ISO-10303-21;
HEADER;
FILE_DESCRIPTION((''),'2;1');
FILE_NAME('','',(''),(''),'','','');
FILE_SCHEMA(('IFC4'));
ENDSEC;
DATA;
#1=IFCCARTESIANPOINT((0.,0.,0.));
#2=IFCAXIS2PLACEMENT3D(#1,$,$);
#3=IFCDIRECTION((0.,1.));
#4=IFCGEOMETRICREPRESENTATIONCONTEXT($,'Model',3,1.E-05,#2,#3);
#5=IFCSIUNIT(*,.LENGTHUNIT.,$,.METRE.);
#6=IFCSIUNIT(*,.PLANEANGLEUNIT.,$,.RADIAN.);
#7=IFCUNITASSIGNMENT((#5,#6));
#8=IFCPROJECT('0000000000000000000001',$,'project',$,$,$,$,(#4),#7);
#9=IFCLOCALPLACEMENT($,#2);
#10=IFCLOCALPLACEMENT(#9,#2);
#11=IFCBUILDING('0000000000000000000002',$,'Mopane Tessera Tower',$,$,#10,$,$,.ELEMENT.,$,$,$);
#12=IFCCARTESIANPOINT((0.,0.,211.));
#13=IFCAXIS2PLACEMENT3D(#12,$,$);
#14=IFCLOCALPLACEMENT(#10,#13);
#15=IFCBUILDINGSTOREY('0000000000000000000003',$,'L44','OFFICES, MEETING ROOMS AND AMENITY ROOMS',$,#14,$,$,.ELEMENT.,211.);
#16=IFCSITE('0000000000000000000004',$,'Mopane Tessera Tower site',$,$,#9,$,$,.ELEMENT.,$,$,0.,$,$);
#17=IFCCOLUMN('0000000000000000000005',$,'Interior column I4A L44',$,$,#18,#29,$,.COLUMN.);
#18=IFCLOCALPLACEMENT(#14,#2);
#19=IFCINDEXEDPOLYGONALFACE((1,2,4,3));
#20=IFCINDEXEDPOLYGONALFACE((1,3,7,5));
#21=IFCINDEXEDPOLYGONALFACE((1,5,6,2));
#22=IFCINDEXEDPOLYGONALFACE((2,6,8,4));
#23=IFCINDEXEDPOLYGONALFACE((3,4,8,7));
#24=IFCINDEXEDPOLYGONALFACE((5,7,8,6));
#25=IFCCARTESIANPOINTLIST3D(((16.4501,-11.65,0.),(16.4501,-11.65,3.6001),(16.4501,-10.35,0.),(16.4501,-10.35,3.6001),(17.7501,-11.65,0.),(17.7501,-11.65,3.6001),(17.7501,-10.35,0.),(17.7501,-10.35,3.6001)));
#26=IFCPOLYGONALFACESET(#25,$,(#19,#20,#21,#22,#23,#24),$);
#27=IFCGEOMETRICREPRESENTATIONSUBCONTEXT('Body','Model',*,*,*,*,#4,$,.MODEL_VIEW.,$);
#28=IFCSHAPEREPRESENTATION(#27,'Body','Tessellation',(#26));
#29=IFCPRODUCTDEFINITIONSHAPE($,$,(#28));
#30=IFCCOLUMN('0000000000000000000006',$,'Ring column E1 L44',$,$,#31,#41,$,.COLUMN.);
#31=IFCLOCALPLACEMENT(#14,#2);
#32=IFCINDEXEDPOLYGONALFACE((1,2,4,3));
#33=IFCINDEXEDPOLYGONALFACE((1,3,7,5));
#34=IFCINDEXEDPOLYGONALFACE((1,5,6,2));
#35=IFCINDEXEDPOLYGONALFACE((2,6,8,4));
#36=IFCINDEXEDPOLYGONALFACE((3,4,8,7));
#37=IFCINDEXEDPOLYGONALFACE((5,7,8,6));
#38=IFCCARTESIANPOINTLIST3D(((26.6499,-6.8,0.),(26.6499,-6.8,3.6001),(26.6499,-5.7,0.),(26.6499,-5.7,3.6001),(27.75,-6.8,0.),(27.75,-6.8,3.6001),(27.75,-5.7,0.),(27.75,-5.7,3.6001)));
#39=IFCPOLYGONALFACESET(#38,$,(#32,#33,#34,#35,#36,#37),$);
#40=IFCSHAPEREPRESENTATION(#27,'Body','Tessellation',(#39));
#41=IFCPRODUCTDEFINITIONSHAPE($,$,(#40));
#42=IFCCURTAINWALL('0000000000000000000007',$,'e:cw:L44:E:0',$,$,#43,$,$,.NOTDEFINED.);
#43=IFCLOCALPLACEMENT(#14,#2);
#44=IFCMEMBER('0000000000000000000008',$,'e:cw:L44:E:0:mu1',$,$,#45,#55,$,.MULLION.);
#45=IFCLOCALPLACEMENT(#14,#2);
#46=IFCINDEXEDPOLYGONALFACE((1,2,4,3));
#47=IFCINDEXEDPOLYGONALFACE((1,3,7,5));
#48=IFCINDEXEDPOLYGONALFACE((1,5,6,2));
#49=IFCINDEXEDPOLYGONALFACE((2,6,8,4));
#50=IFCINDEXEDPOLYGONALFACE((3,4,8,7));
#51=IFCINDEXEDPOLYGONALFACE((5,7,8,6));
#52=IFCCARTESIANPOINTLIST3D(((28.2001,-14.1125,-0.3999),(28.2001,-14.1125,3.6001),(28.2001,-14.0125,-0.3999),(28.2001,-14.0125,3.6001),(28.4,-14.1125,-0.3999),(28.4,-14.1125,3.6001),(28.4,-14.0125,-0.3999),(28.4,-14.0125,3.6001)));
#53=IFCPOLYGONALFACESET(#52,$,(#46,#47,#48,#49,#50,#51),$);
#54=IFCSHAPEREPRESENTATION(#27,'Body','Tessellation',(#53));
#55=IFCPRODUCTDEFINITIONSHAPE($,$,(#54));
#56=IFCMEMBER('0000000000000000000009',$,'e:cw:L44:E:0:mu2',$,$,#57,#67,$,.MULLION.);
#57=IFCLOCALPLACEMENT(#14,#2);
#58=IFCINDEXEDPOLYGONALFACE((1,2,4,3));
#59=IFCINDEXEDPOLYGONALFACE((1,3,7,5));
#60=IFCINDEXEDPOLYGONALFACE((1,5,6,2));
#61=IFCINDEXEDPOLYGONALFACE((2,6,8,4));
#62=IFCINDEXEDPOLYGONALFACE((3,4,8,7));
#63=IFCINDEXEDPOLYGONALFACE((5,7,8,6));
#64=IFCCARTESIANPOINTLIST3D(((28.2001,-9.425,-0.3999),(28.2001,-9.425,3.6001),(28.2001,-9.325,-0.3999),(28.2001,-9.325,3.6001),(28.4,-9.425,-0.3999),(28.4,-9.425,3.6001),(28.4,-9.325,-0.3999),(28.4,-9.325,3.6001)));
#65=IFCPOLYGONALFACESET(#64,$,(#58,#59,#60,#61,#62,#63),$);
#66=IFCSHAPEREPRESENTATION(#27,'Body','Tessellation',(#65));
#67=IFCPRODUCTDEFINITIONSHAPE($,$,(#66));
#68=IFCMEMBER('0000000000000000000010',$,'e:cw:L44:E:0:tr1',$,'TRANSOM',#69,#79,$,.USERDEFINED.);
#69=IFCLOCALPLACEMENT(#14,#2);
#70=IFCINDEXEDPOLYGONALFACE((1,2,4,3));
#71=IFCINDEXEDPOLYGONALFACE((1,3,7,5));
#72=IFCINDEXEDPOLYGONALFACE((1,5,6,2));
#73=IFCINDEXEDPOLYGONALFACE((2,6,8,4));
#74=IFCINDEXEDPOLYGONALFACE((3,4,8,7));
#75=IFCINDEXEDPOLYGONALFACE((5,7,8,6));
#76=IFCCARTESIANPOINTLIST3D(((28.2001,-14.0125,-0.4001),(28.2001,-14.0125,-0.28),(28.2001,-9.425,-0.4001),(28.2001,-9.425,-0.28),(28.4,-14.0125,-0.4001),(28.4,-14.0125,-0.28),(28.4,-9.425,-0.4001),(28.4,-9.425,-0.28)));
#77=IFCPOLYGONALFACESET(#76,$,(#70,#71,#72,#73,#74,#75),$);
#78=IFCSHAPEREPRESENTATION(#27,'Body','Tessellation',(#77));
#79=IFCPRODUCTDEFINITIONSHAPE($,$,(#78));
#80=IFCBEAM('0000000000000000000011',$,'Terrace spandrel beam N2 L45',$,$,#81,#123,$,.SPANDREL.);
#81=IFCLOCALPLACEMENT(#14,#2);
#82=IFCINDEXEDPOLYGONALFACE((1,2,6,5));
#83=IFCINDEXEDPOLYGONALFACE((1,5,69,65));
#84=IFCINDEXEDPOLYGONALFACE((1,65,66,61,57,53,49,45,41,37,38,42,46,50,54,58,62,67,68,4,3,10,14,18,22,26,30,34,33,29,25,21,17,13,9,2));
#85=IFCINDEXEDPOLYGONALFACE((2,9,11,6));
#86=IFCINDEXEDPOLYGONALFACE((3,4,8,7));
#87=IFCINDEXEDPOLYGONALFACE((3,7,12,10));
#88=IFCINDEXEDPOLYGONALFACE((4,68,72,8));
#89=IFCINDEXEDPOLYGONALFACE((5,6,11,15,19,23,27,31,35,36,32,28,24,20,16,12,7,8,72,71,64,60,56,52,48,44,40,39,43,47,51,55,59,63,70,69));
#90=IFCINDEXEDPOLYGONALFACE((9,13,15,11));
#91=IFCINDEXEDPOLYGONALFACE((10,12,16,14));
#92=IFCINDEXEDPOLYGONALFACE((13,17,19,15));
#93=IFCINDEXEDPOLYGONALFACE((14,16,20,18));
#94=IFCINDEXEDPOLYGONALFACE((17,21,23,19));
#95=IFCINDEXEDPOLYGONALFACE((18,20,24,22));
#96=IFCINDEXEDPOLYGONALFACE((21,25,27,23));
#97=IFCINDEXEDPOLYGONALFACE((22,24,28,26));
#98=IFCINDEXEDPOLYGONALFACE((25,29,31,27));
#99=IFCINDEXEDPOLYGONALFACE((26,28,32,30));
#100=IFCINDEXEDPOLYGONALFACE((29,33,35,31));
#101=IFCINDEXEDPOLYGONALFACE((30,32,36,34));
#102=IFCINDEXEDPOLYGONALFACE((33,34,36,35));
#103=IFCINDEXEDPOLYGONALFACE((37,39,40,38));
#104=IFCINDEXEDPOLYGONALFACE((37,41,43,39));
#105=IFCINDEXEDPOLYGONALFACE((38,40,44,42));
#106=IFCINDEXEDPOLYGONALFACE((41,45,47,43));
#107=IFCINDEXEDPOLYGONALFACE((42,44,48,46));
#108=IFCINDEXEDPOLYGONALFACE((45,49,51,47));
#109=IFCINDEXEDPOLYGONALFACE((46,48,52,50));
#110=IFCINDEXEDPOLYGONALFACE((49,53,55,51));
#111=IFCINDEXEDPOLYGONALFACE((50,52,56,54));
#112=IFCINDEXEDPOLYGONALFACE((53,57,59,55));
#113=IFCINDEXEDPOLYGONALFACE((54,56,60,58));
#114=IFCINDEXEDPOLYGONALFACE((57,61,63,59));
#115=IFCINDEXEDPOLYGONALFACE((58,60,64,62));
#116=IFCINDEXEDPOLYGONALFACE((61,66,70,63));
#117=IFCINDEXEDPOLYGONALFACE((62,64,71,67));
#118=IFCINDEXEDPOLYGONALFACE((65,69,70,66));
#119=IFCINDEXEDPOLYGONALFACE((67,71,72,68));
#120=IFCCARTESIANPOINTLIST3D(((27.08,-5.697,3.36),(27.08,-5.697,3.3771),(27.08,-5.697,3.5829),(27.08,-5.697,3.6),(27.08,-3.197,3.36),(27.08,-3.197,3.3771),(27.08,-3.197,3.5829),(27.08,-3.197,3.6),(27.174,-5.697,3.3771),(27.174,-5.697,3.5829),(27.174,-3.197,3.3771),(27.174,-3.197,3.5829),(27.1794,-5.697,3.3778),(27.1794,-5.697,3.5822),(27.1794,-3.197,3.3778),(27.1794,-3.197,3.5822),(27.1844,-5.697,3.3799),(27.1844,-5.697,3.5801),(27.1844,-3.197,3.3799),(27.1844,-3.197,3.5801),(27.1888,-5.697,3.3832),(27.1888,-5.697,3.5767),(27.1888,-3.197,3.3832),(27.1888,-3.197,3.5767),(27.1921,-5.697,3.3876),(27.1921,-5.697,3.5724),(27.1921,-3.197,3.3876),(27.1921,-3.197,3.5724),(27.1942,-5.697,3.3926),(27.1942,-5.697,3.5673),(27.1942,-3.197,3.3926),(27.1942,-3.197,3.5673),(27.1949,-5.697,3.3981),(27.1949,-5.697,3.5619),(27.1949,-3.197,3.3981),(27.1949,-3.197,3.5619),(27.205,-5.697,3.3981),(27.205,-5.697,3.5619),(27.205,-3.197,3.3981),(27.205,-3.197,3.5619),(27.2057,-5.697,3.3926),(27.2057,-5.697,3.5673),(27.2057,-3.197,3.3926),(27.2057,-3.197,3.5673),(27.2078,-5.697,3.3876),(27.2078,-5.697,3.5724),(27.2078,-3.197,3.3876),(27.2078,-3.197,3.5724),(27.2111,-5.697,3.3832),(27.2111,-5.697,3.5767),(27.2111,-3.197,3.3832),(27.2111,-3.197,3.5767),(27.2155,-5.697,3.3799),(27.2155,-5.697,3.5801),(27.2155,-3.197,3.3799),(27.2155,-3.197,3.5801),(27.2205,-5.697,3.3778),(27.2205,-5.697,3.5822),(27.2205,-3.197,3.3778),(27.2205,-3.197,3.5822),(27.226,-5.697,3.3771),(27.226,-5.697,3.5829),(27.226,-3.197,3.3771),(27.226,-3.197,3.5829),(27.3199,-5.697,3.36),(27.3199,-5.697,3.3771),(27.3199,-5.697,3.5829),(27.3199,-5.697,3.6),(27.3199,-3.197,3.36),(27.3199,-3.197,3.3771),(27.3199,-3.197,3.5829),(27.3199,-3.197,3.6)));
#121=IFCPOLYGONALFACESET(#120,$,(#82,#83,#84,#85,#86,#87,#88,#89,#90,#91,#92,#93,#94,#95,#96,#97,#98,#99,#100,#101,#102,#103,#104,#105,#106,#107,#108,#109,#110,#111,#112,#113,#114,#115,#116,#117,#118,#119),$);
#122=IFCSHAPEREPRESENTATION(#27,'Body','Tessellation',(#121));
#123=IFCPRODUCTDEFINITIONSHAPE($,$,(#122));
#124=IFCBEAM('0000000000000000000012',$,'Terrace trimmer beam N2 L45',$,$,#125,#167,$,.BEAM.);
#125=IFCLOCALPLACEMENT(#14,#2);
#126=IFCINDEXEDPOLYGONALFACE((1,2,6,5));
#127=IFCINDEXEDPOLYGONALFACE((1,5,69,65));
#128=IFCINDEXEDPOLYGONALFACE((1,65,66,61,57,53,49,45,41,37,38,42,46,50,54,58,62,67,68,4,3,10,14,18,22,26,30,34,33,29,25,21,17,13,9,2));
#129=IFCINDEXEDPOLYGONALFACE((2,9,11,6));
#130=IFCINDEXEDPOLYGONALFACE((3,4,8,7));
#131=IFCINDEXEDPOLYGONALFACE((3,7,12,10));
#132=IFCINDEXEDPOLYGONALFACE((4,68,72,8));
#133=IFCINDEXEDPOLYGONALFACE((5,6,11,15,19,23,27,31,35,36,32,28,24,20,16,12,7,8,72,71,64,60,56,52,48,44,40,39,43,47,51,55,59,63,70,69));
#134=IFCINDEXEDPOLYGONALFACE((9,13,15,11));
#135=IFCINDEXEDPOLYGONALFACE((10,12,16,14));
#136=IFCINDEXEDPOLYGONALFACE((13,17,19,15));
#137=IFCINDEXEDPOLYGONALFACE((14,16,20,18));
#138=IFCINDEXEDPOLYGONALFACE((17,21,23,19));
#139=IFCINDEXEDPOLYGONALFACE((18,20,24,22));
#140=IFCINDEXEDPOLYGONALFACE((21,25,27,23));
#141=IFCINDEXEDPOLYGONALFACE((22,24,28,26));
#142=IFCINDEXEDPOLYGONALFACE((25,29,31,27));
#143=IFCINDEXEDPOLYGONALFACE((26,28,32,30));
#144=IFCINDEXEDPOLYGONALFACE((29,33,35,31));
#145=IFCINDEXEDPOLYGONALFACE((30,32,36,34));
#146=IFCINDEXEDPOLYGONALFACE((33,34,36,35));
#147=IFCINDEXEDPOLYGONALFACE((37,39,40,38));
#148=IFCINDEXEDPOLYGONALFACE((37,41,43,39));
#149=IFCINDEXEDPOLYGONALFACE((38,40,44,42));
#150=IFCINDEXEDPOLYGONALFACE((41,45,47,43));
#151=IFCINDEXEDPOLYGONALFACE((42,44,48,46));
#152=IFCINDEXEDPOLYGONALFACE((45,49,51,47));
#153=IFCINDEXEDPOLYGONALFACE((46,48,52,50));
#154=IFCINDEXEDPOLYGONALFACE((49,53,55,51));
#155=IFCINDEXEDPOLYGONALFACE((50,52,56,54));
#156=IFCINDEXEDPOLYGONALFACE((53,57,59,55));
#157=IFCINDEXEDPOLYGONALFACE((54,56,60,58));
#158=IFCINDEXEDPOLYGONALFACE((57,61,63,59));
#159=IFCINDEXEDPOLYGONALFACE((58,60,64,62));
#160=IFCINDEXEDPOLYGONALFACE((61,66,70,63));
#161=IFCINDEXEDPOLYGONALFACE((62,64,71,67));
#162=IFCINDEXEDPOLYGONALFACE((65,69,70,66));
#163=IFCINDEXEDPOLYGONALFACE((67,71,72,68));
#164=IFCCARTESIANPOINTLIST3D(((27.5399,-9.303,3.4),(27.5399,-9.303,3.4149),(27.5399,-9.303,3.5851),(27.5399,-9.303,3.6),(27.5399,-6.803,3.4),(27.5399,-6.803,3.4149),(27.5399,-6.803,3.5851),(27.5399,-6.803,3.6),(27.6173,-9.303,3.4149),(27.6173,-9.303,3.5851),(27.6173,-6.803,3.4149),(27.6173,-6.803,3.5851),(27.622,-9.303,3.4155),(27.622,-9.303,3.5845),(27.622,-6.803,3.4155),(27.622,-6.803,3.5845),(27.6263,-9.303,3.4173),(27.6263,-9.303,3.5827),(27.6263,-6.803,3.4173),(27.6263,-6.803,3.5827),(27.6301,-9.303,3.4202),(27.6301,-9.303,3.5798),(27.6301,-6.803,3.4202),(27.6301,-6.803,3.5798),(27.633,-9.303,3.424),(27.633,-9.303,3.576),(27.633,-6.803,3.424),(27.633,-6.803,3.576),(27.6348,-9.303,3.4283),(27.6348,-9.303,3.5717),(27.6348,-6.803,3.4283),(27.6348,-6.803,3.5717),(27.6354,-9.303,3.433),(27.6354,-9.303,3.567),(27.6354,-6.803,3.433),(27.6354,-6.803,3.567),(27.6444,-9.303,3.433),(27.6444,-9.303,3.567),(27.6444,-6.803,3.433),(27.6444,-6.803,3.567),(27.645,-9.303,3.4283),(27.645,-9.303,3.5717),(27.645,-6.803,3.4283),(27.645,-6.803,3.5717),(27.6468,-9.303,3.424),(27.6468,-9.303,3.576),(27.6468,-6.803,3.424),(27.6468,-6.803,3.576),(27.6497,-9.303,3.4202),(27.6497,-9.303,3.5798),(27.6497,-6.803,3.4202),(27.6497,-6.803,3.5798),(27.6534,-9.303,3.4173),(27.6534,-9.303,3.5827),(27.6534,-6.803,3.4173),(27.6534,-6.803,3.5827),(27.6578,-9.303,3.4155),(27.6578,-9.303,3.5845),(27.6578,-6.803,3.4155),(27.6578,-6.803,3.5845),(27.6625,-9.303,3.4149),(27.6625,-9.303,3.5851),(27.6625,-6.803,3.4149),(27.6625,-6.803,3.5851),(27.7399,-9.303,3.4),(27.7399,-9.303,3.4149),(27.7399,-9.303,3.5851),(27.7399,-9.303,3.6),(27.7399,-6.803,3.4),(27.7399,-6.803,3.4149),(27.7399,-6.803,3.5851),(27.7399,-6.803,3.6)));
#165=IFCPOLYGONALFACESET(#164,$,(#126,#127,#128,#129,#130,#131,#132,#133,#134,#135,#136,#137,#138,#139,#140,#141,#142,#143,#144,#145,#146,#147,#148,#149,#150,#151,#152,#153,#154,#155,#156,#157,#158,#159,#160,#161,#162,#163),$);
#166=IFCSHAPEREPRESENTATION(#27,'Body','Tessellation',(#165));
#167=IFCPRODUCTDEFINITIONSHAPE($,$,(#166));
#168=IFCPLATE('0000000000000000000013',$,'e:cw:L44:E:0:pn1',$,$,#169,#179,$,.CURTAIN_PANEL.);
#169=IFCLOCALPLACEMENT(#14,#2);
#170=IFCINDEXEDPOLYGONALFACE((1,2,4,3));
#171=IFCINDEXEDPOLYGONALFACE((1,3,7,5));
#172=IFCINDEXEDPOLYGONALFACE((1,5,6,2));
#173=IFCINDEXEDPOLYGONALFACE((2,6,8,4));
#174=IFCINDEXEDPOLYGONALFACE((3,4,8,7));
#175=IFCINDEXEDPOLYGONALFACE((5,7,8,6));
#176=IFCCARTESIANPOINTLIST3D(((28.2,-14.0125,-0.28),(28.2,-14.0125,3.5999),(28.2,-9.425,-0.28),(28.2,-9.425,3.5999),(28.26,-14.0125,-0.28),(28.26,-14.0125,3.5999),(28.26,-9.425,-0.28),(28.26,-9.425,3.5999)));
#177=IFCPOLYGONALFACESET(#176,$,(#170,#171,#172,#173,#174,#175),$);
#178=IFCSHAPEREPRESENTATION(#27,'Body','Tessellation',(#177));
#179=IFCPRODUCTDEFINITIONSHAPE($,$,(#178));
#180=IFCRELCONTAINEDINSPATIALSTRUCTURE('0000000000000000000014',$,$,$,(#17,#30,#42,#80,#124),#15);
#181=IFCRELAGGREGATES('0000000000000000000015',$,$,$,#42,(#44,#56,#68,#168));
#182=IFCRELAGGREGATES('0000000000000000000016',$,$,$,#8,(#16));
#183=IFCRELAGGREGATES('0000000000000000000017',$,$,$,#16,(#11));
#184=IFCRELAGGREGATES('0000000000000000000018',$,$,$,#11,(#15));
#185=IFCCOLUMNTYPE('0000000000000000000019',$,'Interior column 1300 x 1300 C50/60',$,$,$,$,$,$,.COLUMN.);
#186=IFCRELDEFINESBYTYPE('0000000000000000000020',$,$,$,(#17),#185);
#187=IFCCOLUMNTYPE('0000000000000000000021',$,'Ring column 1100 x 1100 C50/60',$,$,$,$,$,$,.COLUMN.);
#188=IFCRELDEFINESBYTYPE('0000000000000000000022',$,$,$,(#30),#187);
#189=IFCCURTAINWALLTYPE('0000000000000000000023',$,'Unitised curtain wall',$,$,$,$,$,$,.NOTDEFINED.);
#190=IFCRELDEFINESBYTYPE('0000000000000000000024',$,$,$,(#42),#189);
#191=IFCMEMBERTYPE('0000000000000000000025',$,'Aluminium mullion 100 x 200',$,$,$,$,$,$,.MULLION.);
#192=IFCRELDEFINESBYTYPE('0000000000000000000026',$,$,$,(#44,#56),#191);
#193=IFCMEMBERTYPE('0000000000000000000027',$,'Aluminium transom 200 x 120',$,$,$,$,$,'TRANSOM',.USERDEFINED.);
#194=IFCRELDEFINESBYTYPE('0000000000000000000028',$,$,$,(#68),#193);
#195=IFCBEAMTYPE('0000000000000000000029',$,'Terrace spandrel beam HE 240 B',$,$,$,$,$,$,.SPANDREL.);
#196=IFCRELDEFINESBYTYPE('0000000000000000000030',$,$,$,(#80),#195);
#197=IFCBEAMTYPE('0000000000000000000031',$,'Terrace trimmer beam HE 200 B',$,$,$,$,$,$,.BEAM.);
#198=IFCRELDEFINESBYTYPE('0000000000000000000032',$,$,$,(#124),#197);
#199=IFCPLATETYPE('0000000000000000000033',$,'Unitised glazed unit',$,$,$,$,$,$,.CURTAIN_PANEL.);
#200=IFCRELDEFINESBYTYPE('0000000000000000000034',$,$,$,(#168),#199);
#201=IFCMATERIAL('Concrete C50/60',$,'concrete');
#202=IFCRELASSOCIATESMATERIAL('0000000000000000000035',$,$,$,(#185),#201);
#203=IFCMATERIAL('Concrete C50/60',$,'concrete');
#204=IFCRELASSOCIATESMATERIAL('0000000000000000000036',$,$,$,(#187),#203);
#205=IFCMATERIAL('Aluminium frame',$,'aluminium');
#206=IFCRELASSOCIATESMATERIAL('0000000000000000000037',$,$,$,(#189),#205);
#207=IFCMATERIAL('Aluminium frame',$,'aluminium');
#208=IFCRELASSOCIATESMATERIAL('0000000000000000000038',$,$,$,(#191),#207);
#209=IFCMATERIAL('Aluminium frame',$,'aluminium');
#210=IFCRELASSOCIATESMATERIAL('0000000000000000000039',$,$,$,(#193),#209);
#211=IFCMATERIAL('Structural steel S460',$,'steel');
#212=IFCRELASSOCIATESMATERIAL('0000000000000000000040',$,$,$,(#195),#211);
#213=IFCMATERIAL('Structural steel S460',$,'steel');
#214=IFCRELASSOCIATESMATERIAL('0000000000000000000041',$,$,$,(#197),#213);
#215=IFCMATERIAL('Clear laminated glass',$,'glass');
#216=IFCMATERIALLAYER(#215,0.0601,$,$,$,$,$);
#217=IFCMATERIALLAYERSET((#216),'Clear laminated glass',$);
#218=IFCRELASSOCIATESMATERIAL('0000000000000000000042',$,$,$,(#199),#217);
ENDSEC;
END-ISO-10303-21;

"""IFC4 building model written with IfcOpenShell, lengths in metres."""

from ifc_helpers import new_model, si_unit, direction, frame, origin, origin_2d, place, context, subcontext, project, spatial, rectangle, i_section, extrude, material, layer, layer_set, material_profile, profile_set, type_object, element, aggregate, save


model = new_model("IFC4")

# Units and contexts
model_context = context("Model", 3, precision=1e-05, world=origin(), true_north=direction((0.0, 1.0)))
body_context = subcontext(model_context, "Body", "Model", "MODEL_VIEW")
ifc_project = project(units=[si_unit("LENGTHUNIT", "METRE"), si_unit("PLANEANGLEUNIT", "RADIAN")], contexts=[model_context])

# Site, building, storey
site_placement = place(None, origin())
site = spatial("IfcSite", under=ifc_project, at=site_placement, Name="Mopane Tessera Tower site", CompositionType="ELEMENT", RefElevation=0.0)
building_placement = place(site_placement, origin())
building = spatial("IfcBuilding", under=site, at=building_placement, Name="Mopane Tessera Tower", CompositionType="ELEMENT")
storey_placement = place(building_placement, frame((0.0, 0.0, 211.0)))
storey = spatial("IfcBuildingStorey", under=building, at=storey_placement, Name="L44", Description="OFFICES, MEETING ROOMS AND AMENITY ROOMS", CompositionType="ELEMENT", Elevation=211.0)

# Columns
ifc_material_1 = material(Name="Concrete C50/60", Category="concrete")
ifc_material_profile_1 = material_profile(ifc_material_1, rectangle(XDim=1.3, YDim=1.3, at=origin_2d()))
ifc_profile_set_1 = profile_set([ifc_material_profile_1], Name="Concrete C50/60")
column_type_1 = type_object("IfcColumnType", Name="Interior column 1300 x 1300 C50/60", PredefinedType="COLUMN", material=ifc_profile_set_1)
column_1_placement = place(storey_placement, frame((17.1001, -11.0, 0.0), z_axis=(0.0, 0.0, 1.0), x_axis=(1.0, 0.0, 0.0)))
element("IfcColumn", 1, at=column_1_placement, inside=storey, type_object=column_type_1, Name="Interior column I4A L44", PredefinedType="COLUMN", context=body_context, shape_type="SweptSolid", body=[
    extrude(rectangle(XDim=1.3, YDim=1.3, at=origin_2d()), origin(), (0.0, 0.0, 1.0), 3.6001),
])
ifc_material_2 = material(Name="Concrete C50/60", Category="concrete")
ifc_material_profile_2 = material_profile(ifc_material_2, rectangle(XDim=1.1001, YDim=1.1001, at=origin_2d()))
ifc_profile_set_2 = profile_set([ifc_material_profile_2], Name="Concrete C50/60")
column_type_2 = type_object("IfcColumnType", Name="Ring column 1100 x 1100 C50/60", PredefinedType="COLUMN", material=ifc_profile_set_2)
column_2_placement = place(storey_placement, frame((27.2, -6.25, 0.0), z_axis=(0.0, 0.0, 1.0), x_axis=(1.0, 0.0, 0.0)))
element("IfcColumn", 2, at=column_2_placement, inside=storey, type_object=column_type_2, Name="Ring column E1 L44", PredefinedType="COLUMN", context=body_context, shape_type="SweptSolid", body=[
    extrude(rectangle(XDim=1.1001, YDim=1.1001, at=origin_2d()), origin(), (0.0, 0.0, 1.0), 3.6001),
])

# Curtain wall, members
ifc_material_3 = material(Name="Aluminium frame", Category="aluminium")
curtain_wall_type = type_object("IfcCurtainWallType", Name="Unitised curtain wall", PredefinedType="NOTDEFINED", material=ifc_material_3)
curtain_wall_placement = place(storey_placement, origin())
curtain_wall = element("IfcCurtainWall", 3, at=curtain_wall_placement, inside=storey, type_object=curtain_wall_type, Name="e:cw:L44:E:0", PredefinedType="NOTDEFINED")
ifc_material_4 = material(Name="Aluminium frame", Category="aluminium")
ifc_material_profile_3 = material_profile(ifc_material_4, rectangle(XDim=0.1001, YDim=0.2, at=origin_2d()))
ifc_profile_set_3 = profile_set([ifc_material_profile_3], Name="Aluminium frame")
member_type_1 = type_object("IfcMemberType", Name="Aluminium mullion 100 x 200", PredefinedType="MULLION", material=ifc_profile_set_3)
member_1_placement = place(storey_placement, frame((28.3, -14.0625, -0.3999), z_axis=(0.0, 0.0, 1.0), x_axis=(0.0, 1.0, 0.0)))
member_1 = element("IfcMember", 4, at=member_1_placement, type_object=member_type_1, Name="e:cw:L44:E:0:mu1", PredefinedType="MULLION", context=body_context, shape_type="SweptSolid", body=[
    extrude(rectangle(XDim=0.1001, YDim=0.2, at=origin_2d()), origin(), (0.0, 0.0, 1.0), 4.0),
])
member_2_placement = place(storey_placement, frame((28.3, -9.375, -0.3999), z_axis=(0.0, 0.0, 1.0), x_axis=(0.0, 1.0, 0.0)))
member_2 = element("IfcMember", 5, at=member_2_placement, type_object=member_type_1, Name="e:cw:L44:E:0:mu2", PredefinedType="MULLION", context=body_context, shape_type="SweptSolid", body=[
    extrude(rectangle(XDim=0.1001, YDim=0.2, at=origin_2d()), origin(), (0.0, 0.0, 1.0), 4.0),
])
ifc_material_5 = material(Name="Aluminium frame", Category="aluminium")
ifc_material_profile_4 = material_profile(ifc_material_5, rectangle(XDim=0.2, YDim=0.1201, at=origin_2d()))
ifc_profile_set_4 = profile_set([ifc_material_profile_4], Name="Aluminium frame")
member_type_2 = type_object("IfcMemberType", Name="Aluminium transom 200 x 120", ElementType="TRANSOM", PredefinedType="USERDEFINED", material=ifc_profile_set_4)
member_3_placement = place(storey_placement, frame((28.3, -14.0125, -0.3401), z_axis=(0.0, 1.0, 0.0), x_axis=(-1.0, 0.0, 0.0)))
member_3 = element("IfcMember", 6, at=member_3_placement, type_object=member_type_2, Name="e:cw:L44:E:0:tr1", ObjectType="TRANSOM", PredefinedType="USERDEFINED", context=body_context, shape_type="SweptSolid", body=[
    extrude(rectangle(XDim=0.2, YDim=0.1201, at=origin_2d()), origin(), (0.0, 0.0, 1.0), 4.5874),
])

# Beams
ifc_material_6 = material(Name="Structural steel S460", Category="steel")
ifc_material_profile_5 = material_profile(ifc_material_6, i_section(OverallWidth=0.24, OverallDepth=0.24, WebThickness=0.01, FlangeThickness=0.0171, FilletRadius=0.021, at=origin_2d()))
ifc_profile_set_5 = profile_set([ifc_material_profile_5], Name="Structural steel S460")
beam_type_1 = type_object("IfcBeamType", Name="Terrace spandrel beam HE 240 B", PredefinedType="SPANDREL", material=ifc_profile_set_5)
beam_1_placement = place(storey_placement, frame((27.2, -5.697, 3.48), z_axis=(0.0, 1.0, 0.0), x_axis=(-1.0, 0.0, 0.0)))
element("IfcBeam", 7, at=beam_1_placement, inside=storey, type_object=beam_type_1, Name="Terrace spandrel beam N2 L45", PredefinedType="SPANDREL", context=body_context, shape_type="SweptSolid", body=[
    extrude(i_section(OverallWidth=0.24, OverallDepth=0.24, WebThickness=0.01, FlangeThickness=0.0171, FilletRadius=0.021, at=origin_2d()), origin(), (0.0, 0.0, 1.0), 2.5),
])
ifc_material_7 = material(Name="Structural steel S460", Category="steel")
ifc_material_profile_6 = material_profile(ifc_material_7, i_section(OverallWidth=0.2, OverallDepth=0.2, WebThickness=0.009, FlangeThickness=0.0149, FilletRadius=0.0181, at=origin_2d()))
ifc_profile_set_6 = profile_set([ifc_material_profile_6], Name="Structural steel S460")
beam_type_2 = type_object("IfcBeamType", Name="Terrace trimmer beam HE 200 B", PredefinedType="BEAM", material=ifc_profile_set_6)
beam_2_placement = place(storey_placement, frame((27.6399, -6.803, 3.5), z_axis=(0.0, -1.0, 0.0), x_axis=(1.0, 0.0, 0.0)))
element("IfcBeam", 8, at=beam_2_placement, inside=storey, type_object=beam_type_2, Name="Terrace trimmer beam N2 L45", PredefinedType="BEAM", context=body_context, shape_type="SweptSolid", body=[
    extrude(i_section(OverallWidth=0.2, OverallDepth=0.2, WebThickness=0.009, FlangeThickness=0.0149, FilletRadius=0.0181, at=origin_2d()), origin(), (0.0, 0.0, 1.0), 2.5),
])

# Plate
ifc_material_8 = material(Name="Clear laminated glass", Category="glass")
ifc_layer_1 = layer(ifc_material_8, 0.0601)
ifc_layer_set_1 = layer_set([ifc_layer_1], Name="Clear laminated glass")
plate_type = type_object("IfcPlateType", Name="Unitised glazed unit", PredefinedType="CURTAIN_PANEL", material=ifc_layer_set_1)
plate_placement = place(storey_placement, frame((28.23, -11.7188, -0.28), z_axis=(0.0, 0.0, 1.0), x_axis=(0.0, 1.0, 0.0)))
plate = element("IfcPlate", 9, at=plate_placement, type_object=plate_type, Name="e:cw:L44:E:0:pn1", PredefinedType="CURTAIN_PANEL", context=body_context, shape_type="SweptSolid", body=[
    extrude(rectangle(XDim=4.5874, YDim=0.0601, at=origin_2d()), origin(), (0.0, 0.0, 1.0), 3.8799),
])
aggregate(curtain_wall, [member_1, member_2, member_3, plate])

save(model, "model.ifc")
